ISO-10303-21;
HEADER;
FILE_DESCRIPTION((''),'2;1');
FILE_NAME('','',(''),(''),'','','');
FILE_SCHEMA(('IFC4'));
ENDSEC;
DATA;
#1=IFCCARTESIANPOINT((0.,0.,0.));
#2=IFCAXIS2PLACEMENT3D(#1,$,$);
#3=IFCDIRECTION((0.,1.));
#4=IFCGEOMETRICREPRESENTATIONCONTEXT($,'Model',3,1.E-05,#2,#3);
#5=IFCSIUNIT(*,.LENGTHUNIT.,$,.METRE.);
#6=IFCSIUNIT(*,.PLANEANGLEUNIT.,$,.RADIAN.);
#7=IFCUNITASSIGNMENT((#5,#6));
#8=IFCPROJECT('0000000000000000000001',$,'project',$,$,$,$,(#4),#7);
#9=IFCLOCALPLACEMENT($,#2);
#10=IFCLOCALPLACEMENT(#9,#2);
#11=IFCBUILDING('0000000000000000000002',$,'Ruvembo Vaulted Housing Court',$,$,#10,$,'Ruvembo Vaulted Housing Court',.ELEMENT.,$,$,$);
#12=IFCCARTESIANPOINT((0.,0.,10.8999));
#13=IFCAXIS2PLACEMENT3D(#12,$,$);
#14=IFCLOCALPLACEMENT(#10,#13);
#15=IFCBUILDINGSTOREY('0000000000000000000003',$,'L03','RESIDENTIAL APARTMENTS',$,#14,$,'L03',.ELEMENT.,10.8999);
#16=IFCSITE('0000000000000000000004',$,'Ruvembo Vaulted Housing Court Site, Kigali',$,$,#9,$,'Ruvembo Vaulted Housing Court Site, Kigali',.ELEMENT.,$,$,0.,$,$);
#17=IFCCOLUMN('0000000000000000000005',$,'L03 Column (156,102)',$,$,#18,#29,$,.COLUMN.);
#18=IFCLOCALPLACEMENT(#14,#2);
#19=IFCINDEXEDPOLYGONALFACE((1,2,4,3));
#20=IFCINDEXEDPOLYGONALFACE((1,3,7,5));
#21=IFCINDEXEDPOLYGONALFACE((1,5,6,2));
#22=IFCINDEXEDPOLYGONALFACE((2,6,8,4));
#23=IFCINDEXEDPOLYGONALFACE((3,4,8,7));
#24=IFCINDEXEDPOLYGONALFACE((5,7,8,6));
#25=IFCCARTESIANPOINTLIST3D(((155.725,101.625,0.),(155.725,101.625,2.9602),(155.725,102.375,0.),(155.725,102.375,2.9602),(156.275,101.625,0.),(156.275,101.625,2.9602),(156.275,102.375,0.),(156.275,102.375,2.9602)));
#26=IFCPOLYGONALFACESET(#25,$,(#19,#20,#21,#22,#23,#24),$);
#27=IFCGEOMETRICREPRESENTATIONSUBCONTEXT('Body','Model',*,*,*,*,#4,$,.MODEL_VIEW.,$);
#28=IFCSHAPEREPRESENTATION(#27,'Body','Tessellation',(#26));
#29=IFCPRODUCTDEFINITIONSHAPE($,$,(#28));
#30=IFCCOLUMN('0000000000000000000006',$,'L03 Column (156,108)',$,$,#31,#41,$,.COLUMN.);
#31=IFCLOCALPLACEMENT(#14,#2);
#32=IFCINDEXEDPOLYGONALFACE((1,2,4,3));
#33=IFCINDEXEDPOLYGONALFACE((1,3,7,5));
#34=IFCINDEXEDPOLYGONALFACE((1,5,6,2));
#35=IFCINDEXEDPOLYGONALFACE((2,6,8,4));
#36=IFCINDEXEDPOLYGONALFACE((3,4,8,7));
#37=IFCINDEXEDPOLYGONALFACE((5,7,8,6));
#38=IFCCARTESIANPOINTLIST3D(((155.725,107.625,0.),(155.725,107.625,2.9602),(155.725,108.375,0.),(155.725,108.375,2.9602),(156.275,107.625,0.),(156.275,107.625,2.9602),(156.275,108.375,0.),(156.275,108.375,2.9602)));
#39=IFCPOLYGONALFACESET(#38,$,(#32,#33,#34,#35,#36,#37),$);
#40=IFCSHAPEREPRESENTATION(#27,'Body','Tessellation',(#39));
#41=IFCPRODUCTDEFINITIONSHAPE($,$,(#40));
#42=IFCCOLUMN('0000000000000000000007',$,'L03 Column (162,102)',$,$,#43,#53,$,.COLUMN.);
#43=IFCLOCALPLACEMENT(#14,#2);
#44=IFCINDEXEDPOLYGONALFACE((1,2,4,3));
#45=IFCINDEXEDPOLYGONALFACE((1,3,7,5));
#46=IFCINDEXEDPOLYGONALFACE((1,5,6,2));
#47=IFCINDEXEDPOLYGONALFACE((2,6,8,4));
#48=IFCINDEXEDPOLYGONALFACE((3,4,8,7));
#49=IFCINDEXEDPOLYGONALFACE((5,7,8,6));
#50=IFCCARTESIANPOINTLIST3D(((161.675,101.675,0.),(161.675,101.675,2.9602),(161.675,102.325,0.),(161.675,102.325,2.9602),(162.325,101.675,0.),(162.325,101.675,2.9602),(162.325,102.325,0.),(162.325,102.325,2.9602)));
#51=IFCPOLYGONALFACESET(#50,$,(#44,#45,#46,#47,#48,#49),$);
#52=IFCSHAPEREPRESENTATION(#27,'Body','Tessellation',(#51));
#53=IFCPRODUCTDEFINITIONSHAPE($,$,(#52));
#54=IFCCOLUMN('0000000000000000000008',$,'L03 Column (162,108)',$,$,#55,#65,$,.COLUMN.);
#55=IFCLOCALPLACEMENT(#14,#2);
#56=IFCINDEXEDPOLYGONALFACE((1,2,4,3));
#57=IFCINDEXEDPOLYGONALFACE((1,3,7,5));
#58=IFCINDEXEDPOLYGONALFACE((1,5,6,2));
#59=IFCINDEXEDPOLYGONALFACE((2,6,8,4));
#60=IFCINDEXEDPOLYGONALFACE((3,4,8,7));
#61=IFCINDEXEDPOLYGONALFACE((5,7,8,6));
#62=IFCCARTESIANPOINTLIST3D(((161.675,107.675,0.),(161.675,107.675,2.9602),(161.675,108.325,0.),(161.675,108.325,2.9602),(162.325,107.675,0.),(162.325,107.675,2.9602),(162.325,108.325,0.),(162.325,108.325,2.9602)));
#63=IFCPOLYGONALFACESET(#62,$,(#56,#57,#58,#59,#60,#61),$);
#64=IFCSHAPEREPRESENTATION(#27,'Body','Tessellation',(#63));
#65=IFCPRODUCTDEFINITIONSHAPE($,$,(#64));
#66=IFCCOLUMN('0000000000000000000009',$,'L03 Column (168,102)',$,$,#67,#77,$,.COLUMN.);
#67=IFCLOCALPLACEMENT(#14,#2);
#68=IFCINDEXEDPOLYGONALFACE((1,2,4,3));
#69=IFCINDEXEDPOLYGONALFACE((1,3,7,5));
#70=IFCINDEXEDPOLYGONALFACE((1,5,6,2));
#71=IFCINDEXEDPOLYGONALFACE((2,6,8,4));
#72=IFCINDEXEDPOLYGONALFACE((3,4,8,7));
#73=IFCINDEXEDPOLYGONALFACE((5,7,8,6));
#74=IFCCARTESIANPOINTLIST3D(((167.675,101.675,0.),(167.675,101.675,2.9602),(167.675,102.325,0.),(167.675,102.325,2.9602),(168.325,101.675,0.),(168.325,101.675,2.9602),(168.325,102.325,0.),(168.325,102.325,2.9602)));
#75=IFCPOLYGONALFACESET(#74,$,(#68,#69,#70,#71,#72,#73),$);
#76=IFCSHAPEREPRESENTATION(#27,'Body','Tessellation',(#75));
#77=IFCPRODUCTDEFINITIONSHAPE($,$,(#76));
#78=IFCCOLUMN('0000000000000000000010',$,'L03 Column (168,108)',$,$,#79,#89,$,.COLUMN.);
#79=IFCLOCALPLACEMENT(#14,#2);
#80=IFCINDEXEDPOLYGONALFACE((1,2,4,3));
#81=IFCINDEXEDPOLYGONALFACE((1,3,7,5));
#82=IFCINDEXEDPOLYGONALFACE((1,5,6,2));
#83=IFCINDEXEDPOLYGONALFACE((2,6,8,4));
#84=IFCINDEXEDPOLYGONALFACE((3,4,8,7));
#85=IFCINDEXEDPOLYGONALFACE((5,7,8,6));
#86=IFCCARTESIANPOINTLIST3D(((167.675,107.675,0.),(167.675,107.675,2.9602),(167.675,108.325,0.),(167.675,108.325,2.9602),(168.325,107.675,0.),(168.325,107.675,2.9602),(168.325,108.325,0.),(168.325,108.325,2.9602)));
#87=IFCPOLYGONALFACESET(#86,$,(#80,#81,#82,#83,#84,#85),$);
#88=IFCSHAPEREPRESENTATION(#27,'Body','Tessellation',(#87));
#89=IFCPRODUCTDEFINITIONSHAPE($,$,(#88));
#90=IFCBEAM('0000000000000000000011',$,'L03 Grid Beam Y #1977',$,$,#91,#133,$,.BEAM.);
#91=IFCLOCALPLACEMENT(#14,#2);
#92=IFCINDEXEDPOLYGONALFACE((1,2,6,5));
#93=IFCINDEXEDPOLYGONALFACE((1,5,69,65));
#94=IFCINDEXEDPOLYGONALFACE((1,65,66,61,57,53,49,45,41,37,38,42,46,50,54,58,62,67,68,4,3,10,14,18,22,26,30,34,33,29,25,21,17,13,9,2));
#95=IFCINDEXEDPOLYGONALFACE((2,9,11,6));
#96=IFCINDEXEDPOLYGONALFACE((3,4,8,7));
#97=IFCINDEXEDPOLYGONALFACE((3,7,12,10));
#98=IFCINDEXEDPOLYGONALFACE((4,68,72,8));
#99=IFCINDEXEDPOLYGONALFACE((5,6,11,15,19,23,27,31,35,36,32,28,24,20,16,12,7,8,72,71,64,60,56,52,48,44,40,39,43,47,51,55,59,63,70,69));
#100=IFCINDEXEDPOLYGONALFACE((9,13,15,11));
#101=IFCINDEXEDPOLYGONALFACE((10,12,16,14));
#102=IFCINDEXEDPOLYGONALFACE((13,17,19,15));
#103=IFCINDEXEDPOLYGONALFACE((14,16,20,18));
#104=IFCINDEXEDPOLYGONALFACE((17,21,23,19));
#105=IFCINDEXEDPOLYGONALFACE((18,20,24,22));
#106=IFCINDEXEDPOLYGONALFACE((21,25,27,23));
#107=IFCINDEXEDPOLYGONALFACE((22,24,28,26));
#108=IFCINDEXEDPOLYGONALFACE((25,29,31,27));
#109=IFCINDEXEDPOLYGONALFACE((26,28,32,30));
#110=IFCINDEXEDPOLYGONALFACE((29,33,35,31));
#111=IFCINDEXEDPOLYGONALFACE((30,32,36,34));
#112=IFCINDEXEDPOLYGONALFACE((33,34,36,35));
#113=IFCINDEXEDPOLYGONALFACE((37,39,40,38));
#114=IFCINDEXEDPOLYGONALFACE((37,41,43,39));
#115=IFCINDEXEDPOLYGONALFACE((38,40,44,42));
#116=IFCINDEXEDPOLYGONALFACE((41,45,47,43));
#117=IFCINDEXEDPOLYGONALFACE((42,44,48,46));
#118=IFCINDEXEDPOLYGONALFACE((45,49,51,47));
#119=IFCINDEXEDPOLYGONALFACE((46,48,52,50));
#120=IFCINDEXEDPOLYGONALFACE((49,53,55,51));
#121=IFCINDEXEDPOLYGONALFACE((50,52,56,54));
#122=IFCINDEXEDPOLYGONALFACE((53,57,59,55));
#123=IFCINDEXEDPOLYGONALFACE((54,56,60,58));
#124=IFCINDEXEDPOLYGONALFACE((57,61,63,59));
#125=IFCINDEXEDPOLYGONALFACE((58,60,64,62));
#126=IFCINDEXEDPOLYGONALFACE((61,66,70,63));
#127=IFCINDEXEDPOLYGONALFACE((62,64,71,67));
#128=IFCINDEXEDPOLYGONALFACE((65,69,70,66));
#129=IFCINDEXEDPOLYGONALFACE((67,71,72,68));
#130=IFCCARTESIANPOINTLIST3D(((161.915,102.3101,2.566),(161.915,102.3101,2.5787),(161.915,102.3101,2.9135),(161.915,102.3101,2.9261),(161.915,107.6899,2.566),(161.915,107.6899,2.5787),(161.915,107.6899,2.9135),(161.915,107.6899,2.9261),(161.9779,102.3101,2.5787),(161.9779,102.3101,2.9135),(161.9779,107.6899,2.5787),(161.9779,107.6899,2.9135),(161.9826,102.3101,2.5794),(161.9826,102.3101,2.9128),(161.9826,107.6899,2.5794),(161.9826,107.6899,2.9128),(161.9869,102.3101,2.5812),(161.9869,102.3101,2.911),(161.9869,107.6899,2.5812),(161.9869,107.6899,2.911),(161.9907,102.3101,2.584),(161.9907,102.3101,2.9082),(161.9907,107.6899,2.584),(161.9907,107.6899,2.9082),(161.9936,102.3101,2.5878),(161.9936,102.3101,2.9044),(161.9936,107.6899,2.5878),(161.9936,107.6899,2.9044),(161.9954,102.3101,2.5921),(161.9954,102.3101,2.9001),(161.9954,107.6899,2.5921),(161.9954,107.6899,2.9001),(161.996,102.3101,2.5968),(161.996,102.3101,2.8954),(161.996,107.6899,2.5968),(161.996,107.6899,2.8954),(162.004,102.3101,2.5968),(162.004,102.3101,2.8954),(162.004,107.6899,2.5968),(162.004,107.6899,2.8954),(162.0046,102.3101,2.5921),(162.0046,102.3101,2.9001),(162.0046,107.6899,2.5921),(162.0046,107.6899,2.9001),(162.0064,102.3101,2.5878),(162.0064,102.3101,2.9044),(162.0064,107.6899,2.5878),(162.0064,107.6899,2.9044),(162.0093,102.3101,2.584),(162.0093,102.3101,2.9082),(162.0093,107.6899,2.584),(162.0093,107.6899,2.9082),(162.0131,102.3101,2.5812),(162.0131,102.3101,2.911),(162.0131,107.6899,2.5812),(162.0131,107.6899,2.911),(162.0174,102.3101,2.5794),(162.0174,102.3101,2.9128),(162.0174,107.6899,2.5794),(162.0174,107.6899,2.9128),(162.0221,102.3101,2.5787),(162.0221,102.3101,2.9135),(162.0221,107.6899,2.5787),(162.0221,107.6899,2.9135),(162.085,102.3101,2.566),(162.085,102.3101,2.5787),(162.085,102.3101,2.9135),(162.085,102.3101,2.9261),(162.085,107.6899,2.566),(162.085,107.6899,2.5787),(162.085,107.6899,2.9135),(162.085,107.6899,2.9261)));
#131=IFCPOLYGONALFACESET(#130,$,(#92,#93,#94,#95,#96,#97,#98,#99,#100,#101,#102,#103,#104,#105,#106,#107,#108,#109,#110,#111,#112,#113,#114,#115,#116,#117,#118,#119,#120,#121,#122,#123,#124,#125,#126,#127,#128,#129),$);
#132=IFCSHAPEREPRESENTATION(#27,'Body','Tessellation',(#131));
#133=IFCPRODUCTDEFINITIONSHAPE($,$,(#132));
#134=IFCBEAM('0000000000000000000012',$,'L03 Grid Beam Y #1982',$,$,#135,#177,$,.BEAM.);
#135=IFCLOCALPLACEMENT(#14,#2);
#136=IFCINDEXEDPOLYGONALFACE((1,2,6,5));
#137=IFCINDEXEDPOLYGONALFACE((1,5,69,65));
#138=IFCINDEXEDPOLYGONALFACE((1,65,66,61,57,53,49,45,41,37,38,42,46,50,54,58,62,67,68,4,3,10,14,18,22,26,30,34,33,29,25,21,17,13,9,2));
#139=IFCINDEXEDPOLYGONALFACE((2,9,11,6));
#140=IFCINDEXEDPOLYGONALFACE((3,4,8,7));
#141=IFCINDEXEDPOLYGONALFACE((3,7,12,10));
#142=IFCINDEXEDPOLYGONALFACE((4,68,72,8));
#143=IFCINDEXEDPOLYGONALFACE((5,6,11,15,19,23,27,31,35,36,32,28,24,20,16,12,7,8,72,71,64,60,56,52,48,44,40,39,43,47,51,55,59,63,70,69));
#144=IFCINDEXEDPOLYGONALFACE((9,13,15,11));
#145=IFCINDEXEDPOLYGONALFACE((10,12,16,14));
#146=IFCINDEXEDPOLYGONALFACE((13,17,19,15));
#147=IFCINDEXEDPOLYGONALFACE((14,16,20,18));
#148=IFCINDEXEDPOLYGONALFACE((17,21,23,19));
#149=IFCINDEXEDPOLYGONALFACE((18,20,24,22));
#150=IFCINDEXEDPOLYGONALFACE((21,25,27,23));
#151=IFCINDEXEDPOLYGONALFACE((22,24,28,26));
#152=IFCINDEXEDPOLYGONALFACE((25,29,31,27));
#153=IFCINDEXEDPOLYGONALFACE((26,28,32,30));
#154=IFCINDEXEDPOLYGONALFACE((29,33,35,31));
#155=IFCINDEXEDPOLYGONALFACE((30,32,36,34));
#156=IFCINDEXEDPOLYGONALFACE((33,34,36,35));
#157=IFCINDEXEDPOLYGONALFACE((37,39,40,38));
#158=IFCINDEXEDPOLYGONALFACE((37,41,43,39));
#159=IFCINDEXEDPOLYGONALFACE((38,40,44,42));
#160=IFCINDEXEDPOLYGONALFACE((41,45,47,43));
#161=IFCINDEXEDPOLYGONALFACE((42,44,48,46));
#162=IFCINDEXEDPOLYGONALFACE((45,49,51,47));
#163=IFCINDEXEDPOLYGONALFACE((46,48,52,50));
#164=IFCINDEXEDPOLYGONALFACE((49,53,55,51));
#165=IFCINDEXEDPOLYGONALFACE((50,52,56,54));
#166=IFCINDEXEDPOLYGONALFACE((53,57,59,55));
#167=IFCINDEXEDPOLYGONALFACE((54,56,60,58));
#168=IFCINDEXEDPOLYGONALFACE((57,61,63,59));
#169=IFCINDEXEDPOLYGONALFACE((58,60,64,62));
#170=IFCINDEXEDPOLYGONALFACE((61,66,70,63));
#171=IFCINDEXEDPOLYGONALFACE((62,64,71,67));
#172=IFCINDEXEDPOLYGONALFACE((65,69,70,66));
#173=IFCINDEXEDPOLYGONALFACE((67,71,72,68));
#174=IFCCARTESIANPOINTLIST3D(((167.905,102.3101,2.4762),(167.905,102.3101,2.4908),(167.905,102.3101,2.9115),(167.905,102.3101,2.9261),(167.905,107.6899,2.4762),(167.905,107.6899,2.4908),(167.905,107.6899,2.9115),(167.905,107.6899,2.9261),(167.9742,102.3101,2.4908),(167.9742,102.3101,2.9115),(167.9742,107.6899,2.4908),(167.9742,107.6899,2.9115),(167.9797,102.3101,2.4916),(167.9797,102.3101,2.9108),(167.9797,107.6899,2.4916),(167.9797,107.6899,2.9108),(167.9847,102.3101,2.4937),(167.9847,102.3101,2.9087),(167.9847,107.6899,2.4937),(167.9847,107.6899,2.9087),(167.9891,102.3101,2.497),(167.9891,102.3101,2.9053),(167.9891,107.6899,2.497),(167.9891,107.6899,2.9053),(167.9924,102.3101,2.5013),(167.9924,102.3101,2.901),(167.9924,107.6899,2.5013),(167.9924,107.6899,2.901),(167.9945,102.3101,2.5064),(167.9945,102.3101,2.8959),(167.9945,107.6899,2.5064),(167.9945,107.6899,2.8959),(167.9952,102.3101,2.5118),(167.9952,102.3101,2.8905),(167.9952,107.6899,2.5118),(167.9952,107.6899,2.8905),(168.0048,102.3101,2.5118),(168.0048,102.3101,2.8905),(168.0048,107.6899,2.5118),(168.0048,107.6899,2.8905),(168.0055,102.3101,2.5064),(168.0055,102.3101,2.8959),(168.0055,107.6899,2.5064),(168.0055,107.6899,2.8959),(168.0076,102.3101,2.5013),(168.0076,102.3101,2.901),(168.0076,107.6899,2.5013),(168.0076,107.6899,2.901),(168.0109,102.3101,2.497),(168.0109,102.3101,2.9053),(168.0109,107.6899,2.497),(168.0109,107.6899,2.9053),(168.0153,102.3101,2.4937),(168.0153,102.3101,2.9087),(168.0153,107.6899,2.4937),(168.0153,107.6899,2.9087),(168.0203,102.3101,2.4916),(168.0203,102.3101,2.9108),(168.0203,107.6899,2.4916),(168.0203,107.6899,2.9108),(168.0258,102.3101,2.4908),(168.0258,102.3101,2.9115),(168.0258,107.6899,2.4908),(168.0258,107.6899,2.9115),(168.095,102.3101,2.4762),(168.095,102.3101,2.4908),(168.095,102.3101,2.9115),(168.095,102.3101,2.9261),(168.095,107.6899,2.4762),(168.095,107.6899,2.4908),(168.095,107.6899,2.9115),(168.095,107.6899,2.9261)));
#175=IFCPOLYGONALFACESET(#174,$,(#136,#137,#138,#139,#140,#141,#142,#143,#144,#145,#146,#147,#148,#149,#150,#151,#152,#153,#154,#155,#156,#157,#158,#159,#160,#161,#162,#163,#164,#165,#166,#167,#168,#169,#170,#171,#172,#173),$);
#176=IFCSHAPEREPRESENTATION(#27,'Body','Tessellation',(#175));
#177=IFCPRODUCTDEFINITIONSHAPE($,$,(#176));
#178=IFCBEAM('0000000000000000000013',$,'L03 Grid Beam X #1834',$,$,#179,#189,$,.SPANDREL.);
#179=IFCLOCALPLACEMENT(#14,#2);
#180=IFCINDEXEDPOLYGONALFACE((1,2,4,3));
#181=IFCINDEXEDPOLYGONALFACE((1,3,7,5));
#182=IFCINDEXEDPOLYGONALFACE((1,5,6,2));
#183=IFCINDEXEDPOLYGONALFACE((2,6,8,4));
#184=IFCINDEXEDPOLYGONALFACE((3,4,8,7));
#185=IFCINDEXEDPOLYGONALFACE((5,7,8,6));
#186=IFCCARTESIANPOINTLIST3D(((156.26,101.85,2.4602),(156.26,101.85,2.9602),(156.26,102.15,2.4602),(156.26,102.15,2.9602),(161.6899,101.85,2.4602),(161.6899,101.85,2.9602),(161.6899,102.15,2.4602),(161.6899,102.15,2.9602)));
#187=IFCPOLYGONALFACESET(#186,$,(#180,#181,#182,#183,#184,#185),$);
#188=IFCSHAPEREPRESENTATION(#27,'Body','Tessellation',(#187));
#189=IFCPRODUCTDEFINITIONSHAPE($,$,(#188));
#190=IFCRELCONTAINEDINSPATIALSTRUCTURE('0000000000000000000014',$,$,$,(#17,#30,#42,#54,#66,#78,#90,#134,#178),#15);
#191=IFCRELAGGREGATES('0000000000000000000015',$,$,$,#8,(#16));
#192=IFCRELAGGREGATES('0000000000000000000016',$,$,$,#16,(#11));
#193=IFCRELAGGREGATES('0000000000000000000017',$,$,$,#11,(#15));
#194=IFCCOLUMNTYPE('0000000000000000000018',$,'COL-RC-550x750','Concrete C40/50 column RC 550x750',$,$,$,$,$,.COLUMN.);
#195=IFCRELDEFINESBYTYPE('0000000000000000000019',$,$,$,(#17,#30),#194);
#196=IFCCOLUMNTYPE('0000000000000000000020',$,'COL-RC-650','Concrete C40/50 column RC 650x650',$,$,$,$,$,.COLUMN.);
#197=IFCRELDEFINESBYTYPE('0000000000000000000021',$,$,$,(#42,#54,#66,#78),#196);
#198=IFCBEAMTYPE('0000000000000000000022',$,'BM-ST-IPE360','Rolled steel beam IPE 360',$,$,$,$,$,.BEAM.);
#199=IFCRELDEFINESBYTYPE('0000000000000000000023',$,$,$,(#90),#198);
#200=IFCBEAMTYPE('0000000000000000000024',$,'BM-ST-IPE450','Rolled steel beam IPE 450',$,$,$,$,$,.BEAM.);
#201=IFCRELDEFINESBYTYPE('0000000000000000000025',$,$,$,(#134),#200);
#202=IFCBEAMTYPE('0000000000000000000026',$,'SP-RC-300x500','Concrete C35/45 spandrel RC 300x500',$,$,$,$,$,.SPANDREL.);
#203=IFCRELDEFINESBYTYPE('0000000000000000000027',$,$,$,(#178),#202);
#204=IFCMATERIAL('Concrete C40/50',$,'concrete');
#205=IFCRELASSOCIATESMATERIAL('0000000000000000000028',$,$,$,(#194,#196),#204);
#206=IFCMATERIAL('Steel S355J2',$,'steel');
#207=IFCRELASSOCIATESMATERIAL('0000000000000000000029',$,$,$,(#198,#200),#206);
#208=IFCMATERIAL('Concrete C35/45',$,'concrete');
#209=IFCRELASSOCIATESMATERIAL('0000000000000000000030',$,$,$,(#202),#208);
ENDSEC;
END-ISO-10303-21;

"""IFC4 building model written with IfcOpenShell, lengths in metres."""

from ifc_helpers import new_model, si_unit, direction, frame, origin, origin_2d, place, context, subcontext, project, spatial, rectangle, i_section, extrude, material, material_profile, profile_set, type_object, element, save


model = new_model("IFC4")

# Units and contexts
model_context = context("Model", 3, precision=1e-05, world=origin(), true_north=direction((0.0, 1.0)))
body_context = subcontext(model_context, "Body", "Model", "MODEL_VIEW")
ifc_project = project(units=[si_unit("LENGTHUNIT", "METRE"), si_unit("PLANEANGLEUNIT", "RADIAN")], contexts=[model_context])

# Site, building, storey
site_placement = place(None, origin())
site = spatial("IfcSite", under=ifc_project, at=site_placement, Name="Ruvembo Vaulted Housing Court Site, Kigali", LongName="Ruvembo Vaulted Housing Court Site, Kigali", CompositionType="ELEMENT", RefElevation=0.0)
building_placement = place(site_placement, origin())
building = spatial("IfcBuilding", under=site, at=building_placement, Name="Ruvembo Vaulted Housing Court", LongName="Ruvembo Vaulted Housing Court", CompositionType="ELEMENT")
storey_placement = place(building_placement, frame((0.0, 0.0, 10.8999)))
storey = spatial("IfcBuildingStorey", under=building, at=storey_placement, Name="L03", Description="RESIDENTIAL APARTMENTS", LongName="L03", CompositionType="ELEMENT", Elevation=10.8999)

# Columns
ifc_material_1 = material(Name="Concrete C40/50", Category="concrete")
ifc_material_profile_1 = material_profile(ifc_material_1, rectangle(XDim=0.55, YDim=0.75, at=origin_2d()), Name="RC 550x750")
ifc_profile_set_1 = profile_set([ifc_material_profile_1], Name="Concrete C40/50")
column_type_1 = type_object("IfcColumnType", Name="COL-RC-550x750", Description="Concrete C40/50 column RC 550x750", PredefinedType="COLUMN", material=ifc_profile_set_1)
for number, where, z_axis, x_axis, name in (
    (1, (156.0, 102.0, 0.0), (0.0, 0.0, 1.0), (1.0, 0.0, 0.0), "L03 Column (156,102)"),
    (2, (156.0, 108.0, 0.0), (0.0, 0.0, 1.0), (1.0, 0.0, 0.0), "L03 Column (156,108)"),
):
    element("IfcColumn", number, at=place(storey_placement, frame(where, z_axis=z_axis, x_axis=x_axis)), inside=storey, type_object=column_type_1, Name=name, PredefinedType="COLUMN", context=body_context, shape_type="SweptSolid", body=[
        extrude(rectangle(XDim=0.55, YDim=0.75, at=origin_2d()), origin(), (0.0, 0.0, 1.0), 2.9602),
    ])
ifc_material_profile_2 = material_profile(ifc_material_1, rectangle(XDim=0.6499, YDim=0.6499, at=origin_2d()), Name="RC 650x650")
ifc_profile_set_2 = profile_set([ifc_material_profile_2], Name="Concrete C40/50")
column_type_2 = type_object("IfcColumnType", Name="COL-RC-650", Description="Concrete C40/50 column RC 650x650", PredefinedType="COLUMN", material=ifc_profile_set_2)
for number, where, z_axis, x_axis, name in (
    (3, (162.0, 102.0, 0.0), (0.0, 0.0, 1.0), (1.0, 0.0, 0.0), "L03 Column (162,102)"),
    (4, (162.0, 108.0, 0.0), (0.0, 0.0, 1.0), (1.0, 0.0, 0.0), "L03 Column (162,108)"),
    (5, (168.0, 102.0, 0.0), (0.0, 0.0, 1.0), (1.0, 0.0, 0.0), "L03 Column (168,102)"),
    (6, (168.0, 108.0, 0.0), (0.0, 0.0, 1.0), (1.0, 0.0, 0.0), "L03 Column (168,108)"),
):
    element("IfcColumn", number, at=place(storey_placement, frame(where, z_axis=z_axis, x_axis=x_axis)), inside=storey, type_object=column_type_2, Name=name, PredefinedType="COLUMN", context=body_context, shape_type="SweptSolid", body=[
        extrude(rectangle(XDim=0.6499, YDim=0.6499, at=origin_2d()), origin(), (0.0, 0.0, 1.0), 2.9602),
    ])

# Beams
ifc_material_2 = material(Name="Steel S355J2", Category="steel")
ifc_material_profile_3 = material_profile(ifc_material_2, i_section(OverallWidth=0.1699, OverallDepth=0.3601, WebThickness=0.0081, FlangeThickness=0.0127, FilletRadius=0.0181, at=origin_2d()), Name="IPE 360")
ifc_profile_set_3 = profile_set([ifc_material_profile_3], Name="Steel S355J2")
beam_type_1 = type_object("IfcBeamType", Name="BM-ST-IPE360", Description="Rolled steel beam IPE 360", PredefinedType="BEAM", material=ifc_profile_set_3)
beam_1_placement = place(storey_placement, frame((162.0, 102.3101, 2.7461), z_axis=(0.0, 1.0, 0.0), x_axis=(-1.0, 0.0, 0.0)))
element("IfcBeam", 7, at=beam_1_placement, inside=storey, type_object=beam_type_1, Name="L03 Grid Beam Y #1977", PredefinedType="BEAM", context=body_context, shape_type="SweptSolid", body=[
    extrude(i_section(OverallWidth=0.1699, OverallDepth=0.3601, WebThickness=0.0081, FlangeThickness=0.0127, FilletRadius=0.0181, at=origin_2d()), origin(), (0.0, 0.0, 1.0), 5.3799),
])
ifc_material_profile_4 = material_profile(ifc_material_2, i_section(OverallWidth=0.1899, OverallDepth=0.45, WebThickness=0.0095, FlangeThickness=0.0146, FilletRadius=0.021, at=origin_2d()), Name="IPE 450")
ifc_profile_set_4 = profile_set([ifc_material_profile_4], Name="Steel S355J2")
beam_type_2 = type_object("IfcBeamType", Name="BM-ST-IPE450", Description="Rolled steel beam IPE 450", PredefinedType="BEAM", material=ifc_profile_set_4)
beam_2_placement = place(storey_placement, frame((168.0, 102.3101, 2.7012), z_axis=(0.0, 1.0, 0.0), x_axis=(-1.0, 0.0, 0.0)))
element("IfcBeam", 8, at=beam_2_placement, inside=storey, type_object=beam_type_2, Name="L03 Grid Beam Y #1982", PredefinedType="BEAM", context=body_context, shape_type="SweptSolid", body=[
    extrude(i_section(OverallWidth=0.1899, OverallDepth=0.45, WebThickness=0.0095, FlangeThickness=0.0146, FilletRadius=0.021, at=origin_2d()), origin(), (0.0, 0.0, 1.0), 5.3799),
])
ifc_material_3 = material(Name="Concrete C35/45", Category="concrete")
ifc_material_profile_5 = material_profile(ifc_material_3, rectangle(XDim=0.3, YDim=0.5, at=origin_2d()), Name="RC 300x500")
ifc_profile_set_5 = profile_set([ifc_material_profile_5], Name="Concrete C35/45")
beam_type_3 = type_object("IfcBeamType", Name="SP-RC-300x500", Description="Concrete C35/45 spandrel RC 300x500", PredefinedType="SPANDREL", material=ifc_profile_set_5)
beam_3_placement = place(storey_placement, frame((156.26, 102.0, 2.7102), z_axis=(1.0, 0.0, 0.0), x_axis=(0.0, 1.0, 0.0)))
element("IfcBeam", 9, at=beam_3_placement, inside=storey, type_object=beam_type_3, Name="L03 Grid Beam X #1834", PredefinedType="SPANDREL", context=body_context, shape_type="SweptSolid", body=[
    extrude(rectangle(XDim=0.3, YDim=0.5, at=origin_2d()), origin(), (0.0, 0.0, 1.0), 5.4299),
])

save(model, "model.ifc")
